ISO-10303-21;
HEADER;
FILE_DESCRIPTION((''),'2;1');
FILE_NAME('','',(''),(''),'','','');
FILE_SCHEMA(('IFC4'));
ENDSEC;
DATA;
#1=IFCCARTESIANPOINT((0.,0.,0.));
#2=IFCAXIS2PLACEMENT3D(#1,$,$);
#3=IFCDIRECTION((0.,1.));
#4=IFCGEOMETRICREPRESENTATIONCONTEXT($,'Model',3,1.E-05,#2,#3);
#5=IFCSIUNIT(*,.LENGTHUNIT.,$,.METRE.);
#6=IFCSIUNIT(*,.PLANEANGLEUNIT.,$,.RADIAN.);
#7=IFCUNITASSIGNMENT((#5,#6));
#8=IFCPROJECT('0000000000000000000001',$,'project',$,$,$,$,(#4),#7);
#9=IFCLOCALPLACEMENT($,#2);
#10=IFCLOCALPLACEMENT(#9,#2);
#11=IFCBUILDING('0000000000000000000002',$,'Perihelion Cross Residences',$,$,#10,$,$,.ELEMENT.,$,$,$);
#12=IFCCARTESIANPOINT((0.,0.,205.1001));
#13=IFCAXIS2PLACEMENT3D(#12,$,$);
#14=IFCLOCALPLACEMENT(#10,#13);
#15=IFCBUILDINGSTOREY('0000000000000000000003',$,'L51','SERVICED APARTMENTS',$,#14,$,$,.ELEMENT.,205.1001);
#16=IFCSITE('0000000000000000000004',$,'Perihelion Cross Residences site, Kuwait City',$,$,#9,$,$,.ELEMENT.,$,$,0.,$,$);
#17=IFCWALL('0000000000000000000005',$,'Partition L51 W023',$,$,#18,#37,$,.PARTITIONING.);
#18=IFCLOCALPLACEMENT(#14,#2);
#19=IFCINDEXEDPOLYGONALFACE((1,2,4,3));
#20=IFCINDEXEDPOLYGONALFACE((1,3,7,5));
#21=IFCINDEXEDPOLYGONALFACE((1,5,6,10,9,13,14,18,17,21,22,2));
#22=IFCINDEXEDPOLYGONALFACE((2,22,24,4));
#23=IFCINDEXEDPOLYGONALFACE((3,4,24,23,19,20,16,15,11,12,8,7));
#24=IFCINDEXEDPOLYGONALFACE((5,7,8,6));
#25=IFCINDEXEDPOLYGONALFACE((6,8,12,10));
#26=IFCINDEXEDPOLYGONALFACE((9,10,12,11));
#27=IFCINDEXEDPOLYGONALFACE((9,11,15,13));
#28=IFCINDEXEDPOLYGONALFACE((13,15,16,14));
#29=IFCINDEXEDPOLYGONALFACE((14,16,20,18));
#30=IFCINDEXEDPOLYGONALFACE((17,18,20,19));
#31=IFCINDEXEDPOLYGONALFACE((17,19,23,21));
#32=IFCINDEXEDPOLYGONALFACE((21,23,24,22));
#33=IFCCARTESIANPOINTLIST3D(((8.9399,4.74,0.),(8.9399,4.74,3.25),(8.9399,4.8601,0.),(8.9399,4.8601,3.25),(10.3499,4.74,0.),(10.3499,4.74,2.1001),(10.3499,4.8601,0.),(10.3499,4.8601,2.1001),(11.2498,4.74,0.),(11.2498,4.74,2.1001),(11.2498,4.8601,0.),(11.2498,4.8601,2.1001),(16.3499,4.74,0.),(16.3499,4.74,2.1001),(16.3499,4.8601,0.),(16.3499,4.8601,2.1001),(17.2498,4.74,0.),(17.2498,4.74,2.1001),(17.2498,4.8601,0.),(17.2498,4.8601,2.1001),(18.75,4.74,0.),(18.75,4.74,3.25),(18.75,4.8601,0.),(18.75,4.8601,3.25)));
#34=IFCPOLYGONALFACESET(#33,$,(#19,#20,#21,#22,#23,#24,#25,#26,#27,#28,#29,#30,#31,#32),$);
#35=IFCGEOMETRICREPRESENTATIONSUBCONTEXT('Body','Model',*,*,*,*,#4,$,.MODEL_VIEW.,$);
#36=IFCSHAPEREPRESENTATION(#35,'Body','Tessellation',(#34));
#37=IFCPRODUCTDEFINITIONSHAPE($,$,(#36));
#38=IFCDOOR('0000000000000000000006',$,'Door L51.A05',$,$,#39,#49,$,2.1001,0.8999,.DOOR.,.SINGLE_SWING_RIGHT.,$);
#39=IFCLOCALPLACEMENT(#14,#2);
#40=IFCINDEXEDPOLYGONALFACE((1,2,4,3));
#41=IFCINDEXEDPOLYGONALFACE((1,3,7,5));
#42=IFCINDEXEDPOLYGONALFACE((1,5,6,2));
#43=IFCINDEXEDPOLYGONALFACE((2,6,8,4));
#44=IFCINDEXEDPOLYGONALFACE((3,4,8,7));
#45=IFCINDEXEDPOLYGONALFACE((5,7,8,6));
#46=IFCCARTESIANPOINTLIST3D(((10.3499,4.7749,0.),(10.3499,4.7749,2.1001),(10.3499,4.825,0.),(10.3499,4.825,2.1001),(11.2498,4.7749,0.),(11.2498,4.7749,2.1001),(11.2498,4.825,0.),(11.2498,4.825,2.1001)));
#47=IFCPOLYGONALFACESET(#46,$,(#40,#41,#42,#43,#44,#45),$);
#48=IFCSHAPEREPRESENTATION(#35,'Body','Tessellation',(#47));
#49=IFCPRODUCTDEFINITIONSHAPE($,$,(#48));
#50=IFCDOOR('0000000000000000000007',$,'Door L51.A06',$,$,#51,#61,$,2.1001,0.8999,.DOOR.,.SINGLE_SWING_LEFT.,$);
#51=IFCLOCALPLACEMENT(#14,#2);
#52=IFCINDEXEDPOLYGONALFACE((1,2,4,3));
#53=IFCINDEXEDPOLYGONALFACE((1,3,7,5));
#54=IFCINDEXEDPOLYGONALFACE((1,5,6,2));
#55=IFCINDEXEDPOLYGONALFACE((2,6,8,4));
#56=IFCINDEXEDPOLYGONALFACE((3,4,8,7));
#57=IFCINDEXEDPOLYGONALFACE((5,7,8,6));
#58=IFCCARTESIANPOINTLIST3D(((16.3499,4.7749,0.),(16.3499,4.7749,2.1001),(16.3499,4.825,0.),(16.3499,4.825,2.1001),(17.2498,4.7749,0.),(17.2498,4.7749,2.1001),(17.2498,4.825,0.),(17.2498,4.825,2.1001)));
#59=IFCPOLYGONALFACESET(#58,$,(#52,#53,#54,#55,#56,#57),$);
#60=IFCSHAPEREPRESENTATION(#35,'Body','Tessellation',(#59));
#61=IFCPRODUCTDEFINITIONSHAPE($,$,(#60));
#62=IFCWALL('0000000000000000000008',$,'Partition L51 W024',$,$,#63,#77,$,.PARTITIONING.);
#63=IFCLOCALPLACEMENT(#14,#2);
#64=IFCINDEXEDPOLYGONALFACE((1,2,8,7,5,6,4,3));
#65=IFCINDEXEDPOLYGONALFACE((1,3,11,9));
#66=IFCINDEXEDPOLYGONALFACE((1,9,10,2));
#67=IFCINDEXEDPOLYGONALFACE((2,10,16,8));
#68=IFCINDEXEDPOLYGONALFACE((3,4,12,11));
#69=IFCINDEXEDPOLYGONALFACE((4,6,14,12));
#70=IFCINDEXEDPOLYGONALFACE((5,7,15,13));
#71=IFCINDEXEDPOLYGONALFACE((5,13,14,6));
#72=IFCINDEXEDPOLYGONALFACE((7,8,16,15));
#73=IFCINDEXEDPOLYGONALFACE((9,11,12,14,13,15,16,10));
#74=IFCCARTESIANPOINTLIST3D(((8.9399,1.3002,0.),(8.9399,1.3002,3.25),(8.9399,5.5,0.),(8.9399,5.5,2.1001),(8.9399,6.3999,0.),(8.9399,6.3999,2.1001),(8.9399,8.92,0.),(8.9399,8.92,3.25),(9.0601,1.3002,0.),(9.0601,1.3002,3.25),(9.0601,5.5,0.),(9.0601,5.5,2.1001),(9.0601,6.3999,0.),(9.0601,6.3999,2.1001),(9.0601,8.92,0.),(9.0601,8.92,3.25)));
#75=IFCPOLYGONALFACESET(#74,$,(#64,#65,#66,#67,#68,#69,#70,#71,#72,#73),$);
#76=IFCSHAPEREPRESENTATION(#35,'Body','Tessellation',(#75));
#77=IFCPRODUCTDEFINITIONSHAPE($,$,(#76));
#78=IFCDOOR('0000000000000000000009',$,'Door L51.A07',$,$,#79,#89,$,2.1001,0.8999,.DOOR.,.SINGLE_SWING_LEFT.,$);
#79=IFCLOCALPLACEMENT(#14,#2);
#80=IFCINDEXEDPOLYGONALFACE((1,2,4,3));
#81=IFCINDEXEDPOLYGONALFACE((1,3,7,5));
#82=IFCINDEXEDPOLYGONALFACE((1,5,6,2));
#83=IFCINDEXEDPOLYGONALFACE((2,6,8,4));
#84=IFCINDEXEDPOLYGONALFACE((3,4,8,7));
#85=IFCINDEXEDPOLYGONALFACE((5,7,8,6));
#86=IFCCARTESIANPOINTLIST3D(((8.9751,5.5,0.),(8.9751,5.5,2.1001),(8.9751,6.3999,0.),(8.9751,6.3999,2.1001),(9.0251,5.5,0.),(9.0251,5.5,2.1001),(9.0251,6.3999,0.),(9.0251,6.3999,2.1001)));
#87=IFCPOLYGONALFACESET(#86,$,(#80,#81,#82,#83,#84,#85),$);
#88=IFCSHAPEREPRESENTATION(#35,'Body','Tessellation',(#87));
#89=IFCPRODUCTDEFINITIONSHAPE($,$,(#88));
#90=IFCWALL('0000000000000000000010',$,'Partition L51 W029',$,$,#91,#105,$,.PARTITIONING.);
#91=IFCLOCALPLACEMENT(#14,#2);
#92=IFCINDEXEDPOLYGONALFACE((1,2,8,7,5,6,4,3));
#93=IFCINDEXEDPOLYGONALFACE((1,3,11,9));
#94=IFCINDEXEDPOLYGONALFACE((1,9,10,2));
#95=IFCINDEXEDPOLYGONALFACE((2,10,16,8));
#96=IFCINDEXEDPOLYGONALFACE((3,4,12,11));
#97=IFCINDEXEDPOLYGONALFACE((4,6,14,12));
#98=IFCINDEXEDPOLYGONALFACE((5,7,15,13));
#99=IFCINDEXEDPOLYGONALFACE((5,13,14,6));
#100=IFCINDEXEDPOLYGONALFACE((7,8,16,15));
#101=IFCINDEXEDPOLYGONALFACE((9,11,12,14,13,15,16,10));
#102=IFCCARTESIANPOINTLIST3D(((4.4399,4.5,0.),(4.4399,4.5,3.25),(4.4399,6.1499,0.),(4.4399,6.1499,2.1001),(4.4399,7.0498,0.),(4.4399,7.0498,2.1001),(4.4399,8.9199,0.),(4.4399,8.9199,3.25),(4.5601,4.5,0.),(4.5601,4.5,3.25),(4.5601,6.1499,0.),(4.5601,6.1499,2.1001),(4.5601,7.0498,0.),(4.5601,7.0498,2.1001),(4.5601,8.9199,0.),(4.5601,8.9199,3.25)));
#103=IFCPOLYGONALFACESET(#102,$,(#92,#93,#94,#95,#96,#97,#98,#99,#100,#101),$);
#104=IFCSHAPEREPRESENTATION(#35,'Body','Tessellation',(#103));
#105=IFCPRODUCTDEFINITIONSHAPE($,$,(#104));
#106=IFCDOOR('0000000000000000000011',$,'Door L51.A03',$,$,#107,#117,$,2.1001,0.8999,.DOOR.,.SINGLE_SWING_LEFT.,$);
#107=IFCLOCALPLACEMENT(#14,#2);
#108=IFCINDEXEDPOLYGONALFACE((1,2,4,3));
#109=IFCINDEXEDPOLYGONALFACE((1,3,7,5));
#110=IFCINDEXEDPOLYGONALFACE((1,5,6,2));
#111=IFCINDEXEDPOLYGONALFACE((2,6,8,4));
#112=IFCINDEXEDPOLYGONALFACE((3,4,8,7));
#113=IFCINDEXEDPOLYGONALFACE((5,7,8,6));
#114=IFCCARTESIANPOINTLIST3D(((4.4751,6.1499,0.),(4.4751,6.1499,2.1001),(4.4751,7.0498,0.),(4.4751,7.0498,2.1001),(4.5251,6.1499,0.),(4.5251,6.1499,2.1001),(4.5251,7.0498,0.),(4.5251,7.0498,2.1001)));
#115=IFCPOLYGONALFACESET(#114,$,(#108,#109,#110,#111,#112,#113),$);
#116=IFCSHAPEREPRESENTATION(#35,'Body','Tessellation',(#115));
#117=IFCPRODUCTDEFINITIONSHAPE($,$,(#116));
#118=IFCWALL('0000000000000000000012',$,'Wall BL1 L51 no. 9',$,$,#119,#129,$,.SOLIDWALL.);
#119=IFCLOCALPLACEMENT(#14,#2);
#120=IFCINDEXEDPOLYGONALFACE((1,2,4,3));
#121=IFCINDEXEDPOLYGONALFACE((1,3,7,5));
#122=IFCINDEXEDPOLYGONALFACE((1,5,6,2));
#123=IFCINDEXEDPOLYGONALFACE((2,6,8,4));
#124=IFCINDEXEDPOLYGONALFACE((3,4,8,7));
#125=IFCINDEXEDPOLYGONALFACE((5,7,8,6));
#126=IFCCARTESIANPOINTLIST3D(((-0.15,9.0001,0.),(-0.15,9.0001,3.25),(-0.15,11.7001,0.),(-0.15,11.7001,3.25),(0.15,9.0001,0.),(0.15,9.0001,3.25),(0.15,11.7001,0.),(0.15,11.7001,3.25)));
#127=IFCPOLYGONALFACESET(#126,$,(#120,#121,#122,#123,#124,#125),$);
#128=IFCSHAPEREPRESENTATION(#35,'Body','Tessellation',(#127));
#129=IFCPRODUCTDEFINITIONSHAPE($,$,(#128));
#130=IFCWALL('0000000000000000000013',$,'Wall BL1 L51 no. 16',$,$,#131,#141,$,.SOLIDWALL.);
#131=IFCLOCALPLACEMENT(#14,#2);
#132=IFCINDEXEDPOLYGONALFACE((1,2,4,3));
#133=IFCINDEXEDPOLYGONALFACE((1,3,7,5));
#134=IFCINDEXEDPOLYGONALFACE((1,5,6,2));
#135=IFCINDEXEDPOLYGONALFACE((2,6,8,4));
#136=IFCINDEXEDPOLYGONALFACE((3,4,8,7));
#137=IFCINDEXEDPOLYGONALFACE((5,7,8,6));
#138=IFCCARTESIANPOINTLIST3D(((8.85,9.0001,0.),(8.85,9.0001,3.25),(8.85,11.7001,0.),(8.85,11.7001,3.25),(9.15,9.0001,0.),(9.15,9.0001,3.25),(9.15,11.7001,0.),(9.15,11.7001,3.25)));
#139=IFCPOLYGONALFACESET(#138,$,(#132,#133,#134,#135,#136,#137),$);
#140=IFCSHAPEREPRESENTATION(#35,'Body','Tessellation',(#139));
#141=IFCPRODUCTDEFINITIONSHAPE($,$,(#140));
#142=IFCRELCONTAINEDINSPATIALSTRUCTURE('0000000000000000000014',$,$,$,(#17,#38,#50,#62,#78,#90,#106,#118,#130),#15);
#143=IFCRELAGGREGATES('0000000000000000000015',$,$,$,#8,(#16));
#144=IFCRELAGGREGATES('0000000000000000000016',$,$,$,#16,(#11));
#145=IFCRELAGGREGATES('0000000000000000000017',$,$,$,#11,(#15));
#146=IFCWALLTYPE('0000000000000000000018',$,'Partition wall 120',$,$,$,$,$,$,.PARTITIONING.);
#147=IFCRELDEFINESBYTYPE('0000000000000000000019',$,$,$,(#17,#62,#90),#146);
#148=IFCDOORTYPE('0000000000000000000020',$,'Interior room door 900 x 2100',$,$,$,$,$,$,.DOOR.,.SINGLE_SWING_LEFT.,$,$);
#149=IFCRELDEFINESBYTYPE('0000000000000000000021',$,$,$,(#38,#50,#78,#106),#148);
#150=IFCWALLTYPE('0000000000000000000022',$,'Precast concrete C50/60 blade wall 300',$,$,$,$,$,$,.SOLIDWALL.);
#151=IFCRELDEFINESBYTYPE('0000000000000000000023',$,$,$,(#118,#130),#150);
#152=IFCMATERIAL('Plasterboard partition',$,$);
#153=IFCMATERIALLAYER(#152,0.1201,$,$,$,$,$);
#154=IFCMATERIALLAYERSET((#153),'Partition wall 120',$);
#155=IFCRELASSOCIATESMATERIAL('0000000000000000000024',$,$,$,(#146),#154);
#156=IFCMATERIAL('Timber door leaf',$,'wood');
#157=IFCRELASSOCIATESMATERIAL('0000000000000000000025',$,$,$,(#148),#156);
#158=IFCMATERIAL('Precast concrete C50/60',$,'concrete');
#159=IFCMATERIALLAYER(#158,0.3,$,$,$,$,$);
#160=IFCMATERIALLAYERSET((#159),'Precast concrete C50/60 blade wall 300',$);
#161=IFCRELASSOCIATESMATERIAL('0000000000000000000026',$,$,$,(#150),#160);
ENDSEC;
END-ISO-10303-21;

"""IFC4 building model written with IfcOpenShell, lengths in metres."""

from ifc_helpers import new_model, si_unit, direction, frame, frame_2d, origin, place, context, subcontext, project, spatial, rectangle, extrude, material, layer, layer_set, type_object, element, fill, save


model = new_model("IFC4")

# Units and contexts
model_context = context("Model", 3, precision=1e-05, world=origin(), true_north=direction((0.0, 1.0)))
body_context = subcontext(model_context, "Body", "Model", "MODEL_VIEW")
ifc_project = project(units=[si_unit("LENGTHUNIT", "METRE"), si_unit("PLANEANGLEUNIT", "RADIAN")], contexts=[model_context])

# Site, building, storey
site_placement = place(None, origin())
site = spatial("IfcSite", under=ifc_project, at=site_placement, Name="Perihelion Cross Residences site, Kuwait City", CompositionType="ELEMENT", RefElevation=0.0)
building_placement = place(site_placement, origin())
building = spatial("IfcBuilding", under=site, at=building_placement, Name="Perihelion Cross Residences", CompositionType="ELEMENT")
storey_placement = place(building_placement, frame((0.0, 0.0, 205.1001)))
storey = spatial("IfcBuildingStorey", under=building, at=storey_placement, Name="L51", Description="SERVICED APARTMENTS", CompositionType="ELEMENT", Elevation=205.1001)

# Shared definitions
ifc_material_1 = material(Name="Plasterboard partition")
ifc_layer_1 = layer(ifc_material_1, 0.1201)
ifc_layer_set_1 = layer_set([ifc_layer_1], Name="Partition wall 120")
wall_type_1 = type_object("IfcWallType", Name="Partition wall 120", PredefinedType="PARTITIONING", material=ifc_layer_set_1)

# Wall, openings, doors
wall_1_placement = place(storey_placement, frame((8.9399, 4.8, 0.0), z_axis=(0.0, 0.0, 1.0), x_axis=(1.0, 0.0, 0.0)))
wall_1 = element("IfcWall", 1, at=wall_1_placement, inside=storey, type_object=wall_type_1, Name="Partition L51 W023", PredefinedType="PARTITIONING", context=body_context, shape_type="SweptSolid", body=[
    extrude(rectangle(XDim=9.8101, YDim=0.1201, at=frame_2d((4.905, 0.0))), origin(), (0.0, 0.0, 1.0), 3.25),
])
opening_1_placement = place(wall_1_placement, frame((1.4099, 0.0, 0.0)))
opening_1 = element("IfcOpeningElement", 2, at=opening_1_placement, cuts=wall_1, PredefinedType="OPENING", context=body_context, shape_type="SweptSolid", body=[
    extrude(rectangle(XDim=0.8999, YDim=2.1001, at=frame_2d((0.45, 1.05))), frame((0.0, 0.0701, 0.0), z_axis=(0.0, -1.0, 0.0), x_axis=(1.0, 0.0, 0.0)), (0.0, 0.0, 1.0), 0.1401),
])
opening_2_placement = place(wall_1_placement, frame((7.4099, 0.0, 0.0)))
opening_2 = element("IfcOpeningElement", 3, at=opening_2_placement, cuts=wall_1, PredefinedType="OPENING", context=body_context, shape_type="SweptSolid", body=[
    extrude(rectangle(XDim=0.8999, YDim=2.1001, at=frame_2d((0.45, 1.05))), frame((0.0, 0.0701, 0.0), z_axis=(0.0, -1.0, 0.0), x_axis=(1.0, 0.0, 0.0)), (0.0, 0.0, 1.0), 0.1401),
])
ifc_material_2 = material(Name="Timber door leaf", Category="wood")
door_type_1 = type_object("IfcDoorType", Name="Interior room door 900 x 2100", OperationType="SINGLE_SWING_LEFT", PredefinedType="DOOR", material=ifc_material_2)
door_1_placement = place(opening_1_placement, origin())
door_1 = element("IfcDoor", 4, at=door_1_placement, inside=storey, type_object=door_type_1, Name="Door L51.A05", OperationType="SINGLE_SWING_RIGHT", OverallHeight=2.1001, OverallWidth=0.8999, PredefinedType="DOOR", context=body_context, shape_type="SweptSolid", body=[
    extrude(rectangle(XDim=0.8999, YDim=2.1001, at=frame_2d((0.45, 1.05))), frame((0.0, 0.0249, 0.0), z_axis=(0.0, -1.0, 0.0), x_axis=(1.0, 0.0, 0.0)), (0.0, 0.0, 1.0), 0.05),
])
fill(opening_1, door_1)
door_2_placement = place(opening_2_placement, origin())
door_2 = element("IfcDoor", 5, at=door_2_placement, inside=storey, type_object=door_type_1, Name="Door L51.A06", OperationType="SINGLE_SWING_LEFT", OverallHeight=2.1001, OverallWidth=0.8999, PredefinedType="DOOR", context=body_context, shape_type="SweptSolid", body=[
    extrude(rectangle(XDim=0.8999, YDim=2.1001, at=frame_2d((0.45, 1.05))), frame((0.0, 0.0249, 0.0), z_axis=(0.0, -1.0, 0.0), x_axis=(1.0, 0.0, 0.0)), (0.0, 0.0, 1.0), 0.05),
])
fill(opening_2, door_2)

# Walls, openings, doors
wall_2_placement = place(storey_placement, frame((9.0, 1.3, 0.0), z_axis=(0.0, 0.0, 1.0), x_axis=(0.0, 1.0, 0.0)))
wall_2 = element("IfcWall", 6, at=wall_2_placement, inside=storey, type_object=wall_type_1, Name="Partition L51 W024", PredefinedType="PARTITIONING", context=body_context, shape_type="SweptSolid", body=[
    extrude(rectangle(XDim=7.6199, YDim=0.1201, at=frame_2d((3.8101, 0.0))), origin(), (0.0, 0.0, 1.0), 3.25),
])
opening_3_placement = place(wall_2_placement, frame((4.2, 0.0, 0.0)))
opening_3 = element("IfcOpeningElement", 7, at=opening_3_placement, cuts=wall_2, PredefinedType="OPENING", context=body_context, shape_type="SweptSolid", body=[
    extrude(rectangle(XDim=0.8999, YDim=2.1001, at=frame_2d((0.45, 1.05))), frame((0.0, 0.0701, 0.0), z_axis=(0.0, -1.0, 0.0), x_axis=(1.0, 0.0, 0.0)), (0.0, 0.0, 1.0), 0.1401),
])
door_3_placement = place(opening_3_placement, origin())
door_3 = element("IfcDoor", 8, at=door_3_placement, inside=storey, type_object=door_type_1, Name="Door L51.A07", OperationType="SINGLE_SWING_LEFT", OverallHeight=2.1001, OverallWidth=0.8999, PredefinedType="DOOR", context=body_context, shape_type="SweptSolid", body=[
    extrude(rectangle(XDim=0.8999, YDim=2.1001, at=frame_2d((0.45, 1.05))), frame((0.0, 0.0249, 0.0), z_axis=(0.0, -1.0, 0.0), x_axis=(1.0, 0.0, 0.0)), (0.0, 0.0, 1.0), 0.05),
])
fill(opening_3, door_3)
wall_3_placement = place(storey_placement, frame((4.5, 4.5, 0.0), z_axis=(0.0, 0.0, 1.0), x_axis=(0.0, 1.0, 0.0)))
wall_3 = element("IfcWall", 9, at=wall_3_placement, inside=storey, type_object=wall_type_1, Name="Partition L51 W029", PredefinedType="PARTITIONING", context=body_context, shape_type="SweptSolid", body=[
    extrude(rectangle(XDim=4.4199, YDim=0.1201, at=frame_2d((2.21, 0.0))), origin(), (0.0, 0.0, 1.0), 3.25),
])
opening_4_placement = place(wall_3_placement, frame((1.6499, 0.0, 0.0)))
opening_4 = element("IfcOpeningElement", 10, at=opening_4_placement, cuts=wall_3, PredefinedType="OPENING", context=body_context, shape_type="SweptSolid", body=[
    extrude(rectangle(XDim=0.8999, YDim=2.1001, at=frame_2d((0.45, 1.05))), frame((0.0, 0.0701, 0.0), z_axis=(0.0, -1.0, 0.0), x_axis=(1.0, 0.0, 0.0)), (0.0, 0.0, 1.0), 0.1401),
])
door_4_placement = place(opening_4_placement, origin())
door_4 = element("IfcDoor", 11, at=door_4_placement, inside=storey, type_object=door_type_1, Name="Door L51.A03", OperationType="SINGLE_SWING_LEFT", OverallHeight=2.1001, OverallWidth=0.8999, PredefinedType="DOOR", context=body_context, shape_type="SweptSolid", body=[
    extrude(rectangle(XDim=0.8999, YDim=2.1001, at=frame_2d((0.45, 1.05))), frame((0.0, 0.0249, 0.0), z_axis=(0.0, -1.0, 0.0), x_axis=(1.0, 0.0, 0.0)), (0.0, 0.0, 1.0), 0.05),
])
fill(opening_4, door_4)

# Walls
ifc_material_3 = material(Name="Precast concrete C50/60", Category="concrete")
ifc_layer_2 = layer(ifc_material_3, 0.3)
ifc_layer_set_2 = layer_set([ifc_layer_2], Name="Precast concrete C50/60 blade wall 300")
wall_type_2 = type_object("IfcWallType", Name="Precast concrete C50/60 blade wall 300", PredefinedType="SOLIDWALL", material=ifc_layer_set_2)
for number, where, z_axis, x_axis, name in (
    (12, (0.0, 9.0, 0.0), (0.0, 0.0, 1.0), (0.0, 1.0, 0.0), "Wall BL1 L51 no. 9"),
    (13, (9.0, 9.0, 0.0), (0.0, 0.0, 1.0), (0.0, 1.0, 0.0), "Wall BL1 L51 no. 16"),
):
    element("IfcWall", number, at=place(storey_placement, frame(where, z_axis=z_axis, x_axis=x_axis)), inside=storey, type_object=wall_type_2, Name=name, PredefinedType="SOLIDWALL", context=body_context, shape_type="SweptSolid", body=[
        extrude(rectangle(XDim=2.7, YDim=0.3, at=frame_2d((1.3501, 0.0))), origin(), (0.0, 0.0, 1.0), 3.25),
    ])

save(model, "model.ifc")
